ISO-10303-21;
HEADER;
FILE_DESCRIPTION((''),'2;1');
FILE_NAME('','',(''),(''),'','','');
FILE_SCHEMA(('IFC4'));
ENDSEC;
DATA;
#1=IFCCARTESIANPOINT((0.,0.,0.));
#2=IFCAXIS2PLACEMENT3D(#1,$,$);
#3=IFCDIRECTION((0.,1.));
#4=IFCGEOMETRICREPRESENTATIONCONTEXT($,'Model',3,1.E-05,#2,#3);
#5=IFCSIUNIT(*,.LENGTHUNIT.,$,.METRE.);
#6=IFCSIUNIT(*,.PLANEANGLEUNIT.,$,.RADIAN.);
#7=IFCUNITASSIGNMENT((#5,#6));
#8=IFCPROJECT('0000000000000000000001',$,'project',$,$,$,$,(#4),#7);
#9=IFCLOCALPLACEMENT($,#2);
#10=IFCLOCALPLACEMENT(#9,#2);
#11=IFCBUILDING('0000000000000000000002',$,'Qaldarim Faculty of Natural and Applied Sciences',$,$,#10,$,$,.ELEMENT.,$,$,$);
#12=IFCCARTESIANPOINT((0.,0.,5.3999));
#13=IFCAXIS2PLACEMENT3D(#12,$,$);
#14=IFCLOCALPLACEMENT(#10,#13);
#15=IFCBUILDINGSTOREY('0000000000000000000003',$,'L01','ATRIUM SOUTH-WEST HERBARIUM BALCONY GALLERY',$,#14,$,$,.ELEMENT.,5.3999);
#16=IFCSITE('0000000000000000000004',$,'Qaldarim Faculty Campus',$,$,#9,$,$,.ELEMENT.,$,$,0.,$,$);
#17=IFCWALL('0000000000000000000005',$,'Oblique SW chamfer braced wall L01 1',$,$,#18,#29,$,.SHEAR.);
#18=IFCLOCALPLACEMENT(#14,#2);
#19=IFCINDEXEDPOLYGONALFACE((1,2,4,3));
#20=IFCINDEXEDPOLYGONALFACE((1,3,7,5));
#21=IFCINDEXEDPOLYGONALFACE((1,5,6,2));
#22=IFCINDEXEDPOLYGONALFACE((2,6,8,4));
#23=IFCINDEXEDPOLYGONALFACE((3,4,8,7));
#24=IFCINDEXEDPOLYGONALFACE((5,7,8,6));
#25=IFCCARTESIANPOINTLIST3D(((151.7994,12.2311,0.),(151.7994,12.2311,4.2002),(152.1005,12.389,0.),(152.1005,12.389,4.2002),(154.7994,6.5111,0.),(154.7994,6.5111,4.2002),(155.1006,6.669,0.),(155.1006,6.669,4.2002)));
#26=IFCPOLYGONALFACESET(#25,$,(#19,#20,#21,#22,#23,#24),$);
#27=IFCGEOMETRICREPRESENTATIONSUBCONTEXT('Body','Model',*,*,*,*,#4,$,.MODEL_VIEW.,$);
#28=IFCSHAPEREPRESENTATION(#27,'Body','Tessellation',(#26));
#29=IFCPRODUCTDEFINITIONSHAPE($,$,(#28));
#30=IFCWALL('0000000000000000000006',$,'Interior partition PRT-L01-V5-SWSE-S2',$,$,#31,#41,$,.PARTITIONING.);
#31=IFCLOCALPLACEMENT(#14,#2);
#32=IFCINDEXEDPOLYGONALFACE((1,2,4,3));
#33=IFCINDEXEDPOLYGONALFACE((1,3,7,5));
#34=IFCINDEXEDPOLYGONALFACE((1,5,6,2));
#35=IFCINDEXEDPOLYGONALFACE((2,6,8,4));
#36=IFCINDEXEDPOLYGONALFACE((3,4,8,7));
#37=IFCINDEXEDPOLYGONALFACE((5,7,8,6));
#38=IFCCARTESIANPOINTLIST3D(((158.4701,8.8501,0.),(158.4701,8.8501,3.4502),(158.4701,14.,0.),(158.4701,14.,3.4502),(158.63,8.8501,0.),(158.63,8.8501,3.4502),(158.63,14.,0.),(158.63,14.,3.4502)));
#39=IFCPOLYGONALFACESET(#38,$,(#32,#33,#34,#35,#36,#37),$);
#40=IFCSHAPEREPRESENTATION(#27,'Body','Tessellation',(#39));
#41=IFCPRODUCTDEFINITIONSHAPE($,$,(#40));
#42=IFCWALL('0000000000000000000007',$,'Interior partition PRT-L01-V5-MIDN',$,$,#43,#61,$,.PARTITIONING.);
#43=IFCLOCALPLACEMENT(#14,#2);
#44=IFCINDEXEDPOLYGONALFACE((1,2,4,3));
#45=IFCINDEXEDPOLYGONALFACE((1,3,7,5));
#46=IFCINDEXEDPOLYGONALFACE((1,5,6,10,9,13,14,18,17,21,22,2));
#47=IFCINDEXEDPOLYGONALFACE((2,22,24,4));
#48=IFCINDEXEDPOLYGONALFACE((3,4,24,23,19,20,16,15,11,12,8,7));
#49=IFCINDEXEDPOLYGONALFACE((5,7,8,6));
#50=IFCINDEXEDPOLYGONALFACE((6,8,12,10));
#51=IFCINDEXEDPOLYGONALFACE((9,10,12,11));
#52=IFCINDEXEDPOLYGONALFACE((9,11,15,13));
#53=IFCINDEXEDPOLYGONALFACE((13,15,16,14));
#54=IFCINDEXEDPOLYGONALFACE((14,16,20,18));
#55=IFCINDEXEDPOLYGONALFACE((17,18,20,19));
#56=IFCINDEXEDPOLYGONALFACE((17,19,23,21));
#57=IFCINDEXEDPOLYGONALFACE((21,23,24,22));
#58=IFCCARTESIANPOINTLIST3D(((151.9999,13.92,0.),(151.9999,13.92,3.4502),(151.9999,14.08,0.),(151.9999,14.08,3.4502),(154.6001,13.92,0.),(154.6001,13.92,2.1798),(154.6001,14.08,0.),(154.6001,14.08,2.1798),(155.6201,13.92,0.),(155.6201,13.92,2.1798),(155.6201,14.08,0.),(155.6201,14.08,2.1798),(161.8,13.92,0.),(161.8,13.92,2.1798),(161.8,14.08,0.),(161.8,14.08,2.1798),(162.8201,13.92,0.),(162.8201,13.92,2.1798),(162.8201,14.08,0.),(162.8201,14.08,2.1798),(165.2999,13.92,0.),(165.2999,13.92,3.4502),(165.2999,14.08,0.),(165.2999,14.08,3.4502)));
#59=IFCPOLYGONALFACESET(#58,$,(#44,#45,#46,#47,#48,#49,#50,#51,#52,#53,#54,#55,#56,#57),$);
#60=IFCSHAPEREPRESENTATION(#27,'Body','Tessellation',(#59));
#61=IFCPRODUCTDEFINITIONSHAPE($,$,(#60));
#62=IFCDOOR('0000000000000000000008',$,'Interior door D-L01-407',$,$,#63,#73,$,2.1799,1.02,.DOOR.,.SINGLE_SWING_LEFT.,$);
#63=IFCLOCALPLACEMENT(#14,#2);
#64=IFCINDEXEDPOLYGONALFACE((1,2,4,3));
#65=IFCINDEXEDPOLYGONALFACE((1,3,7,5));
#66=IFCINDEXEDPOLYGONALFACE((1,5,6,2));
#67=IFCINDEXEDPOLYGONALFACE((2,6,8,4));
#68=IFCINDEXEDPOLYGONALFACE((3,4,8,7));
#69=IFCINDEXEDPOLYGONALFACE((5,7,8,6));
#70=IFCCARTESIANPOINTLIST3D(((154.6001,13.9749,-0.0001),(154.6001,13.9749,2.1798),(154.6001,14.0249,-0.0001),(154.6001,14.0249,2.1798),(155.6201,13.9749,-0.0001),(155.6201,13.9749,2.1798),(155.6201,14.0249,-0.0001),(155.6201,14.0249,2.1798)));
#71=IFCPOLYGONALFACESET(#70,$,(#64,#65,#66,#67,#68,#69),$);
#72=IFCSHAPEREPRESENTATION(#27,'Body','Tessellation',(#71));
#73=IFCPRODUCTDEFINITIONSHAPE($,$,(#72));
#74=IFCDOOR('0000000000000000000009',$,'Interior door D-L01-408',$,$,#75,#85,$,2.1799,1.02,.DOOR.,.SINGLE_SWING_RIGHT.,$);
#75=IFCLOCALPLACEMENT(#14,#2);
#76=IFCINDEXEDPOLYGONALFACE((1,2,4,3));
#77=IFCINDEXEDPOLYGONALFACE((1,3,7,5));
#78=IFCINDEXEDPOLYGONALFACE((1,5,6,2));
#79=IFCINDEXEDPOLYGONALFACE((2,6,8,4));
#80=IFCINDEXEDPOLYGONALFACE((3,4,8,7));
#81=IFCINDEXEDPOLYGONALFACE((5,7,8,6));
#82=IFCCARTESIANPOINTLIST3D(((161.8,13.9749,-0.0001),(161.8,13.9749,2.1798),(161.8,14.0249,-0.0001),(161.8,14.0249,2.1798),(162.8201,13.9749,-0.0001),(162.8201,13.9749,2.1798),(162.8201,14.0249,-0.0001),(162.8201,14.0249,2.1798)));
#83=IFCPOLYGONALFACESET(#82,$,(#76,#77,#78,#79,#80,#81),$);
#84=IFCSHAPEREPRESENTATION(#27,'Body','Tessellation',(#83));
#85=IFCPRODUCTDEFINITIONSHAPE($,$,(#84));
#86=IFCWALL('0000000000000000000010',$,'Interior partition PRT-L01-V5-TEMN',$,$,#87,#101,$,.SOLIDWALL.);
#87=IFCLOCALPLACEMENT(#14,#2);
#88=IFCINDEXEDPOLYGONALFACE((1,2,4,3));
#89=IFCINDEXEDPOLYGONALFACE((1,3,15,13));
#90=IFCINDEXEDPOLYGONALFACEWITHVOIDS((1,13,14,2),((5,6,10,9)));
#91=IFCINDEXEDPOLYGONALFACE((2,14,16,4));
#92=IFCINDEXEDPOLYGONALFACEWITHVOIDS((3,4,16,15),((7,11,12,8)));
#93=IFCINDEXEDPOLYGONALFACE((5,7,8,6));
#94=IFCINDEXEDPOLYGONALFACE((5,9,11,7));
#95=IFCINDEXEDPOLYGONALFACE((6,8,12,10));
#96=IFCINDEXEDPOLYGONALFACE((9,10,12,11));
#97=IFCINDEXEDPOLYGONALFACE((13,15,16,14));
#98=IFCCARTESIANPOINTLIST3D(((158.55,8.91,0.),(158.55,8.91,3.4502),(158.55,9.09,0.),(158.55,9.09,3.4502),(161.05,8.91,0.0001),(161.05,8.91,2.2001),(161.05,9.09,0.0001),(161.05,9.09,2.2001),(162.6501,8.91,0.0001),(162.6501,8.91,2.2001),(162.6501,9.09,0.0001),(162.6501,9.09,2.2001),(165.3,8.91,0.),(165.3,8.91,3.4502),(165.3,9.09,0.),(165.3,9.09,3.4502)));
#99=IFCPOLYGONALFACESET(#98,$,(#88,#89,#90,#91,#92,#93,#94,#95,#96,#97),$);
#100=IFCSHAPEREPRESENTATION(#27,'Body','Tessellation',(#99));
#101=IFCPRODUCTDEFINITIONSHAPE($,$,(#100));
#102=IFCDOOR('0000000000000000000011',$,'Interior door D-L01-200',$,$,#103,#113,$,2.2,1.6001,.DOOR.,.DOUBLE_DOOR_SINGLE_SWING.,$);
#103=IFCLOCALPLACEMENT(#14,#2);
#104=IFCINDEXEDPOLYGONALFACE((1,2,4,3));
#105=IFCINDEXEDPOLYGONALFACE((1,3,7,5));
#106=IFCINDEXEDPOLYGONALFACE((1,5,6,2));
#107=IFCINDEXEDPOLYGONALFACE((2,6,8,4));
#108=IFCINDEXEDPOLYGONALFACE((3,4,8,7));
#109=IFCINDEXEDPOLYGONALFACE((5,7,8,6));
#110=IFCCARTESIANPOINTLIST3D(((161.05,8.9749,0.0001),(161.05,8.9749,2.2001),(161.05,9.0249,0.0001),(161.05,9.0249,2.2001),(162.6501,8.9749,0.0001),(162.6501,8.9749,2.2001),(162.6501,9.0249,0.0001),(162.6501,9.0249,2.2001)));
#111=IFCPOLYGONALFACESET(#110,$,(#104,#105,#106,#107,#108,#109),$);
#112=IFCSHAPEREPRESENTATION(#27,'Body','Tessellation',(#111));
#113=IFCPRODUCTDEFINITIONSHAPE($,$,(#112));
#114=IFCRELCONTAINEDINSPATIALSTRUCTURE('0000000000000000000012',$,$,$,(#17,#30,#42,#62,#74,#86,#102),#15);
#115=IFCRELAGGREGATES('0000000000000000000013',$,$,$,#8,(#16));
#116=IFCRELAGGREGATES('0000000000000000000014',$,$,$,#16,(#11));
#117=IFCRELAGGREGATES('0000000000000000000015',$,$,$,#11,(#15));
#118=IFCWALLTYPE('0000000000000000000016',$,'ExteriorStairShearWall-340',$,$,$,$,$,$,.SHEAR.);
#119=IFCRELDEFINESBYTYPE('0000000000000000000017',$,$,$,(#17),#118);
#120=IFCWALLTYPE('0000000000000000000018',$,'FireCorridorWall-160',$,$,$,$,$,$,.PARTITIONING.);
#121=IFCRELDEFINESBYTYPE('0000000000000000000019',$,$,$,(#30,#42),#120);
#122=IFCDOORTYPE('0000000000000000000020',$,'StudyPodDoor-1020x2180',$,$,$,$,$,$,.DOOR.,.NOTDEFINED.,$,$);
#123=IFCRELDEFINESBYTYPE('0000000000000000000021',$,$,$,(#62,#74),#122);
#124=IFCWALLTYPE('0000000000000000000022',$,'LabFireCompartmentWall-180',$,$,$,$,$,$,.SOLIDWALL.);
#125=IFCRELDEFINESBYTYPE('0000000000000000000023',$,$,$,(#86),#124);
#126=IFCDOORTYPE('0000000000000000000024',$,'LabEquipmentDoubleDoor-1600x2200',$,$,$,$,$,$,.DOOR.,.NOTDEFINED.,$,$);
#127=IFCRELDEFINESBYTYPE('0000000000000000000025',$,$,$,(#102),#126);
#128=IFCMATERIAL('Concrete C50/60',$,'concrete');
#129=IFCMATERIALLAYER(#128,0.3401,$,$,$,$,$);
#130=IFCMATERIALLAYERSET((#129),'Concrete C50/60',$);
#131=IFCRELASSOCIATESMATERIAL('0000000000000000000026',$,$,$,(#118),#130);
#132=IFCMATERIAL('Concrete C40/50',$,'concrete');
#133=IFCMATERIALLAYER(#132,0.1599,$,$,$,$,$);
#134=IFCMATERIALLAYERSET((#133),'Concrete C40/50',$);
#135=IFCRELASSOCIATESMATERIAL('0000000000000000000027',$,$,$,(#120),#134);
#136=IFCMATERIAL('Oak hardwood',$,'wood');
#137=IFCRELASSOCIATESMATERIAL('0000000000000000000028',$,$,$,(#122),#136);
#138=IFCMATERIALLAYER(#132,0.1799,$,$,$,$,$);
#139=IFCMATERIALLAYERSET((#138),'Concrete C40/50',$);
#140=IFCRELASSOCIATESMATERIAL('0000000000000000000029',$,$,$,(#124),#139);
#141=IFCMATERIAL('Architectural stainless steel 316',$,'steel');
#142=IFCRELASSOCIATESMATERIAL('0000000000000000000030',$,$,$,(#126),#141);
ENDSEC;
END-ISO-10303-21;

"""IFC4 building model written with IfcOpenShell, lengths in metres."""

from ifc_helpers import new_model, si_unit, direction, frame, frame_2d, origin, place, context, subcontext, project, spatial, rectangle, extrude, material, layer, layer_set, type_object, element, fill, save


model = new_model("IFC4")

# Units and contexts
model_context = context("Model", 3, precision=1e-05, world=origin(), true_north=direction((0.0, 1.0)))
body_context = subcontext(model_context, "Body", "Model", "MODEL_VIEW")
ifc_project = project(units=[si_unit("LENGTHUNIT", "METRE"), si_unit("PLANEANGLEUNIT", "RADIAN")], contexts=[model_context])

# Site, building, storey
site_placement = place(None, origin())
site = spatial("IfcSite", under=ifc_project, at=site_placement, Name="Qaldarim Faculty Campus", CompositionType="ELEMENT", RefElevation=0.0)
building_placement = place(site_placement, origin())
building = spatial("IfcBuilding", under=site, at=building_placement, Name="Qaldarim Faculty of Natural and Applied Sciences", CompositionType="ELEMENT")
storey_placement = place(building_placement, frame((0.0, 0.0, 5.3999)))
storey = spatial("IfcBuildingStorey", under=building, at=storey_placement, Name="L01", Description="ATRIUM SOUTH-WEST HERBARIUM BALCONY GALLERY", CompositionType="ELEMENT", Elevation=5.3999)

# Shared definitions
ifc_material_1 = material(Name="Concrete C50/60", Category="concrete")

# Shared definitions
ifc_material_2 = material(Name="Concrete C40/50", Category="concrete")

# Walls
ifc_layer_1 = layer(ifc_material_1, 0.3401)
ifc_layer_set_1 = layer_set([ifc_layer_1], Name="Concrete C50/60")
wall_type_1 = type_object("IfcWallType", Name="ExteriorStairShearWall-340", PredefinedType="SHEAR", material=ifc_layer_set_1)
wall_1_placement = place(storey_placement, frame((151.95, 12.3101, 0.0), z_axis=(0.0, 0.0, 1.0), x_axis=(0.464472, -0.885588, 0.0)))
element("IfcWall", 1, at=wall_1_placement, inside=storey, type_object=wall_type_1, Name="Oblique SW chamfer braced wall L01 1", PredefinedType="SHEAR", context=body_context, shape_type="SweptSolid", body=[
    extrude(rectangle(XDim=6.459, YDim=0.3401, at=frame_2d((3.2295, 0.0))), origin(), (0.0, 0.0, 1.0), 4.2002),
])
ifc_layer_2 = layer(ifc_material_2, 0.1599)
ifc_layer_set_2 = layer_set([ifc_layer_2], Name="Concrete C40/50")
wall_type_2 = type_object("IfcWallType", Name="FireCorridorWall-160", PredefinedType="PARTITIONING", material=ifc_layer_set_2)
wall_2_placement = place(storey_placement, frame((158.55, 8.8501, 0.0), z_axis=(0.0, 0.0, 1.0), x_axis=(0.0, 1.0, 0.0)))
element("IfcWall", 2, at=wall_2_placement, inside=storey, type_object=wall_type_2, Name="Interior partition PRT-L01-V5-SWSE-S2", PredefinedType="PARTITIONING", context=body_context, shape_type="SweptSolid", body=[
    extrude(rectangle(XDim=5.1499, YDim=0.1599, at=frame_2d((2.575, 0.0))), origin(), (0.0, 0.0, 1.0), 3.4502),
])

# Wall, openings, doors
wall_3_placement = place(storey_placement, frame((152.0, 14.0, 0.0), z_axis=(0.0, 0.0, 1.0), x_axis=(1.0, 0.0, 0.0)))
wall_3 = element("IfcWall", 3, at=wall_3_placement, inside=storey, type_object=wall_type_2, Name="Interior partition PRT-L01-V5-MIDN", PredefinedType="PARTITIONING", context=body_context, shape_type="SweptSolid", body=[
    extrude(rectangle(XDim=13.3, YDim=0.1599, at=frame_2d((6.6499, 0.0))), origin(), (0.0, 0.0, 1.0), 3.4502),
])
opening_1_placement = place(wall_3_placement, frame((2.6001, 0.0, 0.0)))
opening_1 = element("IfcOpeningElement", 4, at=opening_1_placement, cuts=wall_3, PredefinedType="OPENING", context=body_context, shape_type="SweptSolid", body=[
    extrude(rectangle(XDim=1.02, YDim=2.1799, at=frame_2d((0.51, 1.0898))), frame((0.0, 0.0898, 0.0), z_axis=(0.0, -1.0, 0.0), x_axis=(1.0, 0.0, 0.0)), (0.0, 0.0, 1.0), 0.1799),
])
opening_2_placement = place(wall_3_placement, frame((9.8, 0.0, 0.0)))
opening_2 = element("IfcOpeningElement", 5, at=opening_2_placement, cuts=wall_3, PredefinedType="OPENING", context=body_context, shape_type="SweptSolid", body=[
    extrude(rectangle(XDim=1.02, YDim=2.1799, at=frame_2d((0.51, 1.0898))), frame((0.0, 0.0898, 0.0), z_axis=(0.0, -1.0, 0.0), x_axis=(1.0, 0.0, 0.0)), (0.0, 0.0, 1.0), 0.1799),
])
ifc_material_3 = material(Name="Oak hardwood", Category="wood")
door_type_1 = type_object("IfcDoorType", Name="StudyPodDoor-1020x2180", OperationType="NOTDEFINED", PredefinedType="DOOR", material=ifc_material_3)
door_1_placement = place(opening_1_placement, origin())
door_1 = element("IfcDoor", 6, at=door_1_placement, inside=storey, type_object=door_type_1, Name="Interior door D-L01-407", OperationType="SINGLE_SWING_LEFT", OverallHeight=2.1799, OverallWidth=1.02, PredefinedType="DOOR", context=body_context, shape_type="SweptSolid", body=[
    extrude(rectangle(XDim=1.02, YDim=2.1799, at=frame_2d((0.51, 1.0898))), frame((0.0, 0.0249, 0.0), z_axis=(0.0, -1.0, 0.0), x_axis=(1.0, 0.0, 0.0)), (0.0, 0.0, 1.0), 0.05),
])
fill(opening_1, door_1)
door_2_placement = place(opening_2_placement, origin())
door_2 = element("IfcDoor", 7, at=door_2_placement, inside=storey, type_object=door_type_1, Name="Interior door D-L01-408", OperationType="SINGLE_SWING_RIGHT", OverallHeight=2.1799, OverallWidth=1.02, PredefinedType="DOOR", context=body_context, shape_type="SweptSolid", body=[
    extrude(rectangle(XDim=1.02, YDim=2.1799, at=frame_2d((0.51, 1.0898))), frame((0.0, 0.0249, 0.0), z_axis=(0.0, -1.0, 0.0), x_axis=(1.0, 0.0, 0.0)), (0.0, 0.0, 1.0), 0.05),
])
fill(opening_2, door_2)

# Wall, opening, door
ifc_layer_3 = layer(ifc_material_2, 0.1799)
ifc_layer_set_3 = layer_set([ifc_layer_3], Name="Concrete C40/50")
wall_type_3 = type_object("IfcWallType", Name="LabFireCompartmentWall-180", PredefinedType="SOLIDWALL", material=ifc_layer_set_3)
wall_4_placement = place(storey_placement, frame((158.55, 9.0, 0.0), z_axis=(0.0, 0.0, 1.0), x_axis=(1.0, 0.0, 0.0)))
wall_4 = element("IfcWall", 8, at=wall_4_placement, inside=storey, type_object=wall_type_3, Name="Interior partition PRT-L01-V5-TEMN", PredefinedType="SOLIDWALL", context=body_context, shape_type="SweptSolid", body=[
    extrude(rectangle(XDim=6.75, YDim=0.1799, at=frame_2d((3.375, 0.0))), origin(), (0.0, 0.0, 1.0), 3.4502),
])
opening_3_placement = place(wall_4_placement, frame((2.5, 0.0, 0.0)))
opening_3 = element("IfcOpeningElement", 9, at=opening_3_placement, cuts=wall_4, PredefinedType="OPENING", context=body_context, shape_type="SweptSolid", body=[
    extrude(rectangle(XDim=1.6001, YDim=2.2, at=frame_2d((0.8, 1.1001))), frame((0.0, 0.0999, 0.0), z_axis=(0.0, -1.0, 0.0), x_axis=(1.0, 0.0, 0.0)), (0.0, 0.0, 1.0), 0.2),
])
ifc_material_4 = material(Name="Architectural stainless steel 316", Category="steel")
door_type_2 = type_object("IfcDoorType", Name="LabEquipmentDoubleDoor-1600x2200", OperationType="NOTDEFINED", PredefinedType="DOOR", material=ifc_material_4)
door_3_placement = place(opening_3_placement, origin())
door_3 = element("IfcDoor", 10, at=door_3_placement, inside=storey, type_object=door_type_2, Name="Interior door D-L01-200", OperationType="DOUBLE_DOOR_SINGLE_SWING", OverallHeight=2.2, OverallWidth=1.6001, PredefinedType="DOOR", context=body_context, shape_type="SweptSolid", body=[
    extrude(rectangle(XDim=1.6001, YDim=2.2, at=frame_2d((0.8, 1.1001))), frame((0.0, 0.0249, 0.0), z_axis=(0.0, -1.0, 0.0), x_axis=(1.0, 0.0, 0.0)), (0.0, 0.0, 1.0), 0.05),
])
fill(opening_3, door_3)

save(model, "model.ifc")
